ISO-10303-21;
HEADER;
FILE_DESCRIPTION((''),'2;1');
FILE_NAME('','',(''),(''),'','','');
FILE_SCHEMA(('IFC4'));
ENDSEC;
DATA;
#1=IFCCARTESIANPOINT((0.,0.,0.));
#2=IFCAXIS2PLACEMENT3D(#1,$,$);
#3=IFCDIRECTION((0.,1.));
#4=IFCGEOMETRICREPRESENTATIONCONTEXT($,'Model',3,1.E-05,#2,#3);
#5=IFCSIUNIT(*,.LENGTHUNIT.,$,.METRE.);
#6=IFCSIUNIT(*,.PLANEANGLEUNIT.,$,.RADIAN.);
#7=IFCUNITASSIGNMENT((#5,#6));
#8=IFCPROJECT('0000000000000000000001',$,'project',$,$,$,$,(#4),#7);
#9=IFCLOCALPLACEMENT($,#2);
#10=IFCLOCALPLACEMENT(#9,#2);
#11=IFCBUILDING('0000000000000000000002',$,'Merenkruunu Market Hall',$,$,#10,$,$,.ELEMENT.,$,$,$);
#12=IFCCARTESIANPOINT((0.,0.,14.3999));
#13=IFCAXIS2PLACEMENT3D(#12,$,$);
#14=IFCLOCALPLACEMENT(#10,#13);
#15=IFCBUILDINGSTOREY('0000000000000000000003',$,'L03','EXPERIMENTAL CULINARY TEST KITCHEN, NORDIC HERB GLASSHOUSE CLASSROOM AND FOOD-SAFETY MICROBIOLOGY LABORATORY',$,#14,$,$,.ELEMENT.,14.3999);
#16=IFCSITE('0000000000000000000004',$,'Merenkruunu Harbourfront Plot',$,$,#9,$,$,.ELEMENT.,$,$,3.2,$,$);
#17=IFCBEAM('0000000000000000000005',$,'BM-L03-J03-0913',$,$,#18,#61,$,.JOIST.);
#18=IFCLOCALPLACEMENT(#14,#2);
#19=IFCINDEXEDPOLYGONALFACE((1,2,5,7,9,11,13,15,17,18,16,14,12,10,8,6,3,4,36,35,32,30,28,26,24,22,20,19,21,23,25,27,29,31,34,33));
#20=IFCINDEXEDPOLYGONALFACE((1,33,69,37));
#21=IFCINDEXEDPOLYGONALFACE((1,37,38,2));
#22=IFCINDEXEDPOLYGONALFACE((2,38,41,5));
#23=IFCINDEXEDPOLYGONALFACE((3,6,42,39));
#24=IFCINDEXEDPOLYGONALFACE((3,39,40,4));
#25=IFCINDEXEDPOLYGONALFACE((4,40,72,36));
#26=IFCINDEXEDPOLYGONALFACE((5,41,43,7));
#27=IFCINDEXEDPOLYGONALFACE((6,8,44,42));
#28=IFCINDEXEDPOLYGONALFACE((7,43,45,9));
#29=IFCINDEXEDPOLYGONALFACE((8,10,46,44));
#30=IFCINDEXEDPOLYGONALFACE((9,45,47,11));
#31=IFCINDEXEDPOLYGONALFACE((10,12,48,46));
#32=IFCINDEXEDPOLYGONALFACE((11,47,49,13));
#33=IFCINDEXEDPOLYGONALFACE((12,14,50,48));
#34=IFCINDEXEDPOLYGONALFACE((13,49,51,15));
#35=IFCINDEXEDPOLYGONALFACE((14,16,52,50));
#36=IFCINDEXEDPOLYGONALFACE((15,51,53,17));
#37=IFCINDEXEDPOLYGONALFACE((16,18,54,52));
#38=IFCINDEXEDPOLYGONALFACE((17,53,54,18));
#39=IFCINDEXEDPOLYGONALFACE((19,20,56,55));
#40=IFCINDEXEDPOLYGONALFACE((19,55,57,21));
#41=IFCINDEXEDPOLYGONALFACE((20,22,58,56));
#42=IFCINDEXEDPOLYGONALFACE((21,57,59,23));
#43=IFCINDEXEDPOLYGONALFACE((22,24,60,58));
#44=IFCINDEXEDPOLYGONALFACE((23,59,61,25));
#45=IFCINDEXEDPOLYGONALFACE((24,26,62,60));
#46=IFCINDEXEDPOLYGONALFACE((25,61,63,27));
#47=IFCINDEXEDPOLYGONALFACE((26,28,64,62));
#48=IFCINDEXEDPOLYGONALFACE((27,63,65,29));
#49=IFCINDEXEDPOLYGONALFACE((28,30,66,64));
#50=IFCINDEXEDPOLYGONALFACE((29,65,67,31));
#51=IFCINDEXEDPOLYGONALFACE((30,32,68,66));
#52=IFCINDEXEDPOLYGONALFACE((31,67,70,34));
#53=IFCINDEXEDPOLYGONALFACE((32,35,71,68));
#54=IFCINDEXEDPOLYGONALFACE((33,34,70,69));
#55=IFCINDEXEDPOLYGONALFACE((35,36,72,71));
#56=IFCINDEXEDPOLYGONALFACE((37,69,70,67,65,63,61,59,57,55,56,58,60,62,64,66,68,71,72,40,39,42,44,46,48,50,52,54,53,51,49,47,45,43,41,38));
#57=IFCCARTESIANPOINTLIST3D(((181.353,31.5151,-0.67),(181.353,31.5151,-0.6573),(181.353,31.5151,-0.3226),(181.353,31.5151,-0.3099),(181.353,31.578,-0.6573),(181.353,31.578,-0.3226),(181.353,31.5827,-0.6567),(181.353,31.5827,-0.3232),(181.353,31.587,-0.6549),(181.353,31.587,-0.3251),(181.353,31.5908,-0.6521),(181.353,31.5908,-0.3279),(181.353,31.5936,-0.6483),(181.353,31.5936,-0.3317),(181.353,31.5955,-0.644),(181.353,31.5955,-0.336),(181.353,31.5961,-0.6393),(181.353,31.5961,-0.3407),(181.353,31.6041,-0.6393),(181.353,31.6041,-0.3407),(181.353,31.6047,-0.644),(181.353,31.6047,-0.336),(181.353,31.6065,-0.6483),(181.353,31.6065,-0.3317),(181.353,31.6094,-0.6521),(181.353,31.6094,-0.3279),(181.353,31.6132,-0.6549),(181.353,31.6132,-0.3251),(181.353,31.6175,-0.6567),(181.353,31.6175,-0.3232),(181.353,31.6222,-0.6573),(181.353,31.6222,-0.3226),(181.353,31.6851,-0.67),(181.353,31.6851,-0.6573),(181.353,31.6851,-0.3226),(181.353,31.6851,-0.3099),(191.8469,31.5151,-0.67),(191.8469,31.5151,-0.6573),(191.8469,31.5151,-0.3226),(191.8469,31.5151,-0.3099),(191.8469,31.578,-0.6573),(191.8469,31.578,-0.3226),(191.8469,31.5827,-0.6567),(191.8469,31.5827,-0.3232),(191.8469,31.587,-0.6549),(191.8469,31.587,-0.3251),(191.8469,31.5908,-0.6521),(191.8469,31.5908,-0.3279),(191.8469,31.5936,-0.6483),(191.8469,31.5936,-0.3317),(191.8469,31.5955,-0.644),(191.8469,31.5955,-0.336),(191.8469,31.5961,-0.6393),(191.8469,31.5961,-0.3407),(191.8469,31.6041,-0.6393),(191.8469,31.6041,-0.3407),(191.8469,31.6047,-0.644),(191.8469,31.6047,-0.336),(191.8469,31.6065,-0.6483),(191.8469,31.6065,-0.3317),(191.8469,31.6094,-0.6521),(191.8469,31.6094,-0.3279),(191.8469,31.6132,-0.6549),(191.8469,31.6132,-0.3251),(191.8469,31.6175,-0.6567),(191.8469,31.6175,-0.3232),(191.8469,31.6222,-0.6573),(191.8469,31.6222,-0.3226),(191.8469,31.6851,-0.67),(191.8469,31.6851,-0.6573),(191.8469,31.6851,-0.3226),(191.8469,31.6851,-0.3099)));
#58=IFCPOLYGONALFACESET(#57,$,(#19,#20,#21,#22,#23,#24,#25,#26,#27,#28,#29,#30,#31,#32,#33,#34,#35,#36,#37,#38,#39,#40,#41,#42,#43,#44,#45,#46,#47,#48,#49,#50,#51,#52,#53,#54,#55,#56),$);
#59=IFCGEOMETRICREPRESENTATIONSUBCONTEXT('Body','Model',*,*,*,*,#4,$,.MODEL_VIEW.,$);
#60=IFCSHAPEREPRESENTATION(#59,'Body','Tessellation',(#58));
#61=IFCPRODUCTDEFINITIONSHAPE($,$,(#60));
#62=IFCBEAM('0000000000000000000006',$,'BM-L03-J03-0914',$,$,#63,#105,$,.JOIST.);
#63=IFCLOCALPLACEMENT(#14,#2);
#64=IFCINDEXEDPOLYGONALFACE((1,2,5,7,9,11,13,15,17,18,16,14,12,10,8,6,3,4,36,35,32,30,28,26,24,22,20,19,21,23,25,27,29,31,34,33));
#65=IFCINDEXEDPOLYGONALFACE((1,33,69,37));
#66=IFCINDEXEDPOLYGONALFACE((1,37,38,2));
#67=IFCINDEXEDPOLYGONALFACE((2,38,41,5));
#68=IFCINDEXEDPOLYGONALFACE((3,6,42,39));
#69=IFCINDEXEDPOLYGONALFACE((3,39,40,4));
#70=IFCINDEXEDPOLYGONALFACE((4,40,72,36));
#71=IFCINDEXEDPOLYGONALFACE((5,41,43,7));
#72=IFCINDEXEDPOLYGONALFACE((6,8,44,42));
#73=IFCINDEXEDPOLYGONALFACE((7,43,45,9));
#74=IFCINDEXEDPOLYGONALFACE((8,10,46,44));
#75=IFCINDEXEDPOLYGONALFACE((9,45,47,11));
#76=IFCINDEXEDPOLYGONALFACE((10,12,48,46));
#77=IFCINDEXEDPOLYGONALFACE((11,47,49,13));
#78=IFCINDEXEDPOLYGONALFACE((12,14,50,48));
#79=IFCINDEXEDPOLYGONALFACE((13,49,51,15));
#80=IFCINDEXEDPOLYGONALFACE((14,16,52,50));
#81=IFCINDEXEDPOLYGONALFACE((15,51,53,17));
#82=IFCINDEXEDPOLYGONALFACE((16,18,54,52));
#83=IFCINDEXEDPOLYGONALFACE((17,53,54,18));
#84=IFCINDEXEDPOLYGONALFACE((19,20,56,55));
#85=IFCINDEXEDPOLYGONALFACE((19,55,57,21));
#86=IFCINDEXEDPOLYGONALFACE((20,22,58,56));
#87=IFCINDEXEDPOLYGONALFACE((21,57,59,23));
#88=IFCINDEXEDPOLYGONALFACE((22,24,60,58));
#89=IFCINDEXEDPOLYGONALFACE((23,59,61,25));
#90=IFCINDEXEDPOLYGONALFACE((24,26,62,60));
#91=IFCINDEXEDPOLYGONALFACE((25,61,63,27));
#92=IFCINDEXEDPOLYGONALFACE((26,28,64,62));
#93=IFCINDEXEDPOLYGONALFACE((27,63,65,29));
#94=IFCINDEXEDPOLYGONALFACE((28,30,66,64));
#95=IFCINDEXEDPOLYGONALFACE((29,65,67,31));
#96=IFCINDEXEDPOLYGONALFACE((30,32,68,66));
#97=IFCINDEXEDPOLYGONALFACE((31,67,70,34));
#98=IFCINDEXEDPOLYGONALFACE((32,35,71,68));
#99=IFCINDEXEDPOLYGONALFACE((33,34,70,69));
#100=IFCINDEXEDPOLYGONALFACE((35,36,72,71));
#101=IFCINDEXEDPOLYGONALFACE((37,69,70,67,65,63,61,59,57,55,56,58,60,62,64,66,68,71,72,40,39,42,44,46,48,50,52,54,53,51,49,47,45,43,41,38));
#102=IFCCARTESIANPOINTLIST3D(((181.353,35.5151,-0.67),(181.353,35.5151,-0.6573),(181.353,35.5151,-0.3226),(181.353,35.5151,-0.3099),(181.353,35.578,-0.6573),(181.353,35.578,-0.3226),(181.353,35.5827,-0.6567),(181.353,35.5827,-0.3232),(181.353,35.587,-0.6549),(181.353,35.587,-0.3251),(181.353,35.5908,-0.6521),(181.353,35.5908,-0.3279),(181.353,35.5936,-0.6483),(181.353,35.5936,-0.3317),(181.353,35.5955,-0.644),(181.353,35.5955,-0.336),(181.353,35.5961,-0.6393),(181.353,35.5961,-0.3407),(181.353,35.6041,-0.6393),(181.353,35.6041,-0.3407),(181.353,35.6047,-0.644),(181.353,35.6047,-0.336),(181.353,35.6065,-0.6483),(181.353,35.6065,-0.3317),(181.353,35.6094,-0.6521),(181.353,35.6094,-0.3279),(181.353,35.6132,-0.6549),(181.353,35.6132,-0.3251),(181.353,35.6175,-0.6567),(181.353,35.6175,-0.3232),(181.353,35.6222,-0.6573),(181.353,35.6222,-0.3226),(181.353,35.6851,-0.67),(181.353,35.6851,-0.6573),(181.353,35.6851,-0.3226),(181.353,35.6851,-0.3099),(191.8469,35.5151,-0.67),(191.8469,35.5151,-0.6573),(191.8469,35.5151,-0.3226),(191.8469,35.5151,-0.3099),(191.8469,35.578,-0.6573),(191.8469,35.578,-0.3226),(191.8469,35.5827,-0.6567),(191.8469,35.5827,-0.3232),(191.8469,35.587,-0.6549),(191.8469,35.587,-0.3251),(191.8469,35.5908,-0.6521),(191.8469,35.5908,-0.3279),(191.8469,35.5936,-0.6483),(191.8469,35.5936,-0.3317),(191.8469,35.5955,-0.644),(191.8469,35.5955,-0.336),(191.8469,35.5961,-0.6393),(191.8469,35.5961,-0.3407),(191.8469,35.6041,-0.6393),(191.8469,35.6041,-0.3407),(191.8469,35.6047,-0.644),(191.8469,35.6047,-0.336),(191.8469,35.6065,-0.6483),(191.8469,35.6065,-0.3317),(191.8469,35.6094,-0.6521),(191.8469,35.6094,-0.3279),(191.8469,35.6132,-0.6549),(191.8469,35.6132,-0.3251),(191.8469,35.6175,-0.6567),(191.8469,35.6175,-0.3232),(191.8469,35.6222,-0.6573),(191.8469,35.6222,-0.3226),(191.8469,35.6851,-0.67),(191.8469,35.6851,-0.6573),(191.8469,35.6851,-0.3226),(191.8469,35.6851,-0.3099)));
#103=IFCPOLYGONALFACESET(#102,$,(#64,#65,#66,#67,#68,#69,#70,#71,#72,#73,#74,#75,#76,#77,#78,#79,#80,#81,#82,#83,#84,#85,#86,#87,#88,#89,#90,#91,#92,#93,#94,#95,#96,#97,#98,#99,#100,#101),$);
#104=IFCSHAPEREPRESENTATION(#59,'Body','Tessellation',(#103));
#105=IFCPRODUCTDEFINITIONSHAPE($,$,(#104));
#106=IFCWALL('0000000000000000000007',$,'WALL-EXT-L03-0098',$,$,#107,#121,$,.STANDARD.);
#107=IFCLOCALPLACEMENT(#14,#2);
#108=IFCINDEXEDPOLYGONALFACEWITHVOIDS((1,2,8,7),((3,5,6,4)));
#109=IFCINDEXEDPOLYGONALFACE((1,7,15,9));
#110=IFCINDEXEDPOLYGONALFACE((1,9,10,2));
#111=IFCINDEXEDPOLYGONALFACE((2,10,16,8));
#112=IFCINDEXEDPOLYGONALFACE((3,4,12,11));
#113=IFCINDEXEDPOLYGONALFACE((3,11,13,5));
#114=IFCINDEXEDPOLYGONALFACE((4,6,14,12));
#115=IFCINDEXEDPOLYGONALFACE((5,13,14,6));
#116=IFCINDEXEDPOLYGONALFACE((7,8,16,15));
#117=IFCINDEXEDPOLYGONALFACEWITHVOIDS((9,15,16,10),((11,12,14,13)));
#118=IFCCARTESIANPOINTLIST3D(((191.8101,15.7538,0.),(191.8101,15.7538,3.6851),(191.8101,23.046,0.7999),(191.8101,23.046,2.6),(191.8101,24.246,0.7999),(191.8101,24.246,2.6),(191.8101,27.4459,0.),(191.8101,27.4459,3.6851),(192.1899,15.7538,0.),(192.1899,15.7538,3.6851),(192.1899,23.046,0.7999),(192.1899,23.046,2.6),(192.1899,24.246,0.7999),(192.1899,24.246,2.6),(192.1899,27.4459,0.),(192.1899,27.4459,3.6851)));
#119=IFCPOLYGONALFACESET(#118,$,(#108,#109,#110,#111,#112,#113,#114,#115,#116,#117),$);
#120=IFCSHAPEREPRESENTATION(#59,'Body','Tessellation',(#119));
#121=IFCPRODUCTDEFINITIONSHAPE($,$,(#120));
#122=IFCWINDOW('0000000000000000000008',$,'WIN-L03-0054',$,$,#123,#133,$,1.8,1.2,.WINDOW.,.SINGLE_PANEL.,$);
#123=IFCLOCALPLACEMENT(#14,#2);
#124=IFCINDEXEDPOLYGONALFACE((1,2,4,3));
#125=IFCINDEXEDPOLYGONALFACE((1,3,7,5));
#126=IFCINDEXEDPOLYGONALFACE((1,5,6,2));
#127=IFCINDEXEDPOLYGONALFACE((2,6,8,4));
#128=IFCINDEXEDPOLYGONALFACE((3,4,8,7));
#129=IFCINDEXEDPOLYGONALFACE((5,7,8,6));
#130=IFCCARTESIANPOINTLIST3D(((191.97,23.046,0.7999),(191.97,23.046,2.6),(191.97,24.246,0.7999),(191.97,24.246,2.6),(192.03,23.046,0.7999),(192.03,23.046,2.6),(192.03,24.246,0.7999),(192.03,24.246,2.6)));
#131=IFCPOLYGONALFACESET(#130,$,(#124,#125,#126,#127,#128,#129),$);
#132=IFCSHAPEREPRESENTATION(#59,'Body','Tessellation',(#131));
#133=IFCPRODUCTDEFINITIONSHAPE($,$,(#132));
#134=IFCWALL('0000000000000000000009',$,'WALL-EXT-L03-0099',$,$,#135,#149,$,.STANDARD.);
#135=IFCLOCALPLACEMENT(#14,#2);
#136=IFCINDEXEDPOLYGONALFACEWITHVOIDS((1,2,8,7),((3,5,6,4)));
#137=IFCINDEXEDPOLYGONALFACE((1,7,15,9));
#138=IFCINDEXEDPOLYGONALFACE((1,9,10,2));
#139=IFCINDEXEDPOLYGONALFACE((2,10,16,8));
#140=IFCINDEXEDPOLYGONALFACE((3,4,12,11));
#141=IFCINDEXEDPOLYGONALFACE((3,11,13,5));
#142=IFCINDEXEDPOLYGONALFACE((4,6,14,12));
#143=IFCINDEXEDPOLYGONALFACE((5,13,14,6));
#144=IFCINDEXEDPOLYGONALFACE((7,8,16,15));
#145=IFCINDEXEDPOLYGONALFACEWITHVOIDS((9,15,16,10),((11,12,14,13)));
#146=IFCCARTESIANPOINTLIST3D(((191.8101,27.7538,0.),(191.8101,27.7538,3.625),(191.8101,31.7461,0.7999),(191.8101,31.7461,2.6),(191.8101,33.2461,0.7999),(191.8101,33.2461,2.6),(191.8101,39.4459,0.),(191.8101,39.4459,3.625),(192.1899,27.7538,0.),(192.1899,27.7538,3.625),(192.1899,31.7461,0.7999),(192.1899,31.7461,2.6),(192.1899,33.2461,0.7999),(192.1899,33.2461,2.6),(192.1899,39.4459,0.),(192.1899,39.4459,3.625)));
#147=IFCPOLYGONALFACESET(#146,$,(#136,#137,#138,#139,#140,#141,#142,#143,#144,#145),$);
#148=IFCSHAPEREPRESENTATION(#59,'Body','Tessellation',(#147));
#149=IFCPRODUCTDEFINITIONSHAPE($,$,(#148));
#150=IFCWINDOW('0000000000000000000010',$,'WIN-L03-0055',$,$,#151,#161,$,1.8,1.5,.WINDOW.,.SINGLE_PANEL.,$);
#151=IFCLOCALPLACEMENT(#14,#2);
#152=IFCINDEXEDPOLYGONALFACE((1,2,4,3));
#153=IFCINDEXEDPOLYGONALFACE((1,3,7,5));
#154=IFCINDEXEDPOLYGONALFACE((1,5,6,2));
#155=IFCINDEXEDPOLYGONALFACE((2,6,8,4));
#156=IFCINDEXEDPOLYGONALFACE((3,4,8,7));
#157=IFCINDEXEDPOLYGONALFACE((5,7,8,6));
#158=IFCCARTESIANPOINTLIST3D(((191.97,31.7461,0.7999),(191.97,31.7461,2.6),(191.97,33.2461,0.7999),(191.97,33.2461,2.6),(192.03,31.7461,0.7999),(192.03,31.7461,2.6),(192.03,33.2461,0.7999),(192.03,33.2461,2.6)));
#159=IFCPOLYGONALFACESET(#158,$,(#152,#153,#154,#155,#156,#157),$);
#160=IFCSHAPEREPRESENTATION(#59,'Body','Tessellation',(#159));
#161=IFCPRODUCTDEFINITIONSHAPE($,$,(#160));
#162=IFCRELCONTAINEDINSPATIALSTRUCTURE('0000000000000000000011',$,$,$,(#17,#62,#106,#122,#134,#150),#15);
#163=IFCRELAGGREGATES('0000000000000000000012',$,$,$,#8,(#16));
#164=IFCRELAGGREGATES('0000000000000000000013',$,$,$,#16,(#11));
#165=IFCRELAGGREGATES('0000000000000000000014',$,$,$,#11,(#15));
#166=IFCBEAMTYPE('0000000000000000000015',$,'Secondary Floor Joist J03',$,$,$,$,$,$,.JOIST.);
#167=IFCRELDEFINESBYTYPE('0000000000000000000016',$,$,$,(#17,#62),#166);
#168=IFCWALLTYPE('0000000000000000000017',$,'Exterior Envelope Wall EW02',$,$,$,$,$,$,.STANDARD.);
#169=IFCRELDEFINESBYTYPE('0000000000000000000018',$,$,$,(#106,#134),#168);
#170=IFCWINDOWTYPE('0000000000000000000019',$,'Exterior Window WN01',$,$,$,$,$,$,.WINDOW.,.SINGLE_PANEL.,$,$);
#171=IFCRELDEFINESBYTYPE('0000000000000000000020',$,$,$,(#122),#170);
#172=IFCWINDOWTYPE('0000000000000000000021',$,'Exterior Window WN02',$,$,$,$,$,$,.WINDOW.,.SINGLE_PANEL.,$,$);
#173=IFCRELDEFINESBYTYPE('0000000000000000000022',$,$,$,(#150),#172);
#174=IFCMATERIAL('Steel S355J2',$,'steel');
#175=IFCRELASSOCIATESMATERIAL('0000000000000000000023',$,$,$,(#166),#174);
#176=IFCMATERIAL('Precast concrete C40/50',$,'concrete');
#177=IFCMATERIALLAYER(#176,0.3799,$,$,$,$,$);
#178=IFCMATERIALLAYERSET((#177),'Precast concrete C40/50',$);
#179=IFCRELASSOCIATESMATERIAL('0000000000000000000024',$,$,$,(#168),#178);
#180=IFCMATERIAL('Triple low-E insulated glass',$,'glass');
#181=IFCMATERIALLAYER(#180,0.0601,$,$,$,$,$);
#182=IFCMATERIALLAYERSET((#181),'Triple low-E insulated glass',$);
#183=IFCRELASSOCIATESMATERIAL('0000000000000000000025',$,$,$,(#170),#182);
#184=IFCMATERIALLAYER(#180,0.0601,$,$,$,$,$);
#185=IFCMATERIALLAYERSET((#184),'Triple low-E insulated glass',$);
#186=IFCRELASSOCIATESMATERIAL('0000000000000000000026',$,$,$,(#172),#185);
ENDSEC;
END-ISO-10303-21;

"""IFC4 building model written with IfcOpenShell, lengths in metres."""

from ifc_helpers import new_model, si_unit, direction, frame, frame_2d, origin, origin_2d, place, context, subcontext, project, spatial, rectangle, i_section, extrude, material, layer, layer_set, material_profile, profile_set, type_object, element, fill, save


model = new_model("IFC4")

# Units and contexts
model_context = context("Model", 3, precision=1e-05, world=origin(), true_north=direction((0.0, 1.0)))
body_context = subcontext(model_context, "Body", "Model", "MODEL_VIEW")
ifc_project = project(units=[si_unit("LENGTHUNIT", "METRE"), si_unit("PLANEANGLEUNIT", "RADIAN")], contexts=[model_context])

# Site, building, storey
site_placement = place(None, origin())
site = spatial("IfcSite", under=ifc_project, at=site_placement, Name="Merenkruunu Harbourfront Plot", CompositionType="ELEMENT", RefElevation=3.2)
building_placement = place(site_placement, origin())
building = spatial("IfcBuilding", under=site, at=building_placement, Name="Merenkruunu Market Hall", CompositionType="ELEMENT")
storey_placement = place(building_placement, frame((0.0, 0.0, 14.3999)))
storey = spatial("IfcBuildingStorey", under=building, at=storey_placement, Name="L03", Description="EXPERIMENTAL CULINARY TEST KITCHEN, NORDIC HERB GLASSHOUSE CLASSROOM AND FOOD-SAFETY MICROBIOLOGY LABORATORY", CompositionType="ELEMENT", Elevation=14.3999)

# Shared definitions
ifc_material_1 = material(Name="Steel S355J2", Category="steel")

# Beams
ifc_material_profile_1 = material_profile(ifc_material_1, i_section(OverallWidth=0.1699, OverallDepth=0.3601, WebThickness=0.0081, FlangeThickness=0.0127, FilletRadius=0.0181, at=origin_2d()), Name="IPE 360")
ifc_profile_set_1 = profile_set([ifc_material_profile_1], Name="Steel S355J2")
beam_type_1 = type_object("IfcBeamType", Name="Secondary Floor Joist J03", PredefinedType="JOIST", material=ifc_profile_set_1)
for number, where, z_axis, x_axis, name in (
    (1, (181.353, 31.6001, -0.49), (1.0, 0.0, 0.0), (0.0, 1.0, 0.0), "BM-L03-J03-0913"),
    (2, (181.353, 35.6001, -0.49), (1.0, 0.0, 0.0), (0.0, 1.0, 0.0), "BM-L03-J03-0914"),
):
    element("IfcBeam", number, at=place(storey_placement, frame(where, z_axis=z_axis, x_axis=x_axis)), inside=storey, type_object=beam_type_1, Name=name, PredefinedType="JOIST", context=body_context, shape_type="SweptSolid", body=[
        extrude(i_section(OverallWidth=0.1699, OverallDepth=0.3601, WebThickness=0.0081, FlangeThickness=0.0127, FilletRadius=0.0181, at=origin_2d()), origin(), (0.0, 0.0, 1.0), 10.4939),
    ])

# Walls, openings, windows
ifc_material_2 = material(Name="Precast concrete C40/50", Category="concrete")
ifc_layer_1 = layer(ifc_material_2, 0.3799)
ifc_layer_set_1 = layer_set([ifc_layer_1], Name="Precast concrete C40/50")
wall_type_1 = type_object("IfcWallType", Name="Exterior Envelope Wall EW02", PredefinedType="STANDARD", material=ifc_layer_set_1)
wall_1_placement = place(storey_placement, frame((192.0, 27.446, 0.0), z_axis=(0.0, 0.0, 1.0), x_axis=(0.0, -1.0, 0.0)))
wall_1 = element("IfcWall", 3, at=wall_1_placement, inside=storey, type_object=wall_type_1, Name="WALL-EXT-L03-0098", PredefinedType="STANDARD", context=body_context, shape_type="SweptSolid", body=[
    extrude(rectangle(XDim=11.6921, YDim=0.3799, at=frame_2d((5.8462, 0.0))), origin(), (0.0, 0.0, 1.0), 3.6851),
])
opening_1_placement = place(wall_1_placement, frame((3.2, 0.0, 0.8)))
opening_1 = element("IfcOpeningElement", 4, at=opening_1_placement, cuts=wall_1, PredefinedType="OPENING", context=body_context, shape_type="SweptSolid", body=[
    extrude(rectangle(XDim=1.2, YDim=1.8, at=frame_2d((0.6001, 0.8999))), frame((0.0, 0.2, 0.0), z_axis=(0.0, -1.0, 0.0), x_axis=(1.0, 0.0, 0.0)), (0.0, 0.0, 1.0), 0.3999),
])
ifc_material_3 = material(Name="Triple low-E insulated glass", Category="glass")
ifc_layer_2 = layer(ifc_material_3, 0.0601)
ifc_layer_set_2 = layer_set([ifc_layer_2], Name="Triple low-E insulated glass")
window_type_1 = type_object("IfcWindowType", Name="Exterior Window WN01", PartitioningType="SINGLE_PANEL", PredefinedType="WINDOW", material=ifc_layer_set_2)
window_1_placement = place(opening_1_placement, origin())
window_1 = element("IfcWindow", 5, at=window_1_placement, inside=storey, type_object=window_type_1, Name="WIN-L03-0054", OverallHeight=1.8, OverallWidth=1.2, PartitioningType="SINGLE_PANEL", PredefinedType="WINDOW", context=body_context, shape_type="SweptSolid", body=[
    extrude(rectangle(XDim=1.2, YDim=1.8, at=frame_2d((0.6001, 0.8999))), frame((0.0, 0.03, 0.0), z_axis=(0.0, -1.0, 0.0), x_axis=(1.0, 0.0, 0.0)), (0.0, 0.0, 1.0), 0.0601),
])
fill(opening_1, window_1)
wall_2_placement = place(storey_placement, frame((192.0, 39.446, 0.0), z_axis=(0.0, 0.0, 1.0), x_axis=(0.0, -1.0, 0.0)))
wall_2 = element("IfcWall", 6, at=wall_2_placement, inside=storey, type_object=wall_type_1, Name="WALL-EXT-L03-0099", PredefinedType="STANDARD", context=body_context, shape_type="SweptSolid", body=[
    extrude(rectangle(XDim=11.6921, YDim=0.3799, at=frame_2d((5.8462, 0.0))), origin(), (0.0, 0.0, 1.0), 3.625),
])
opening_2_placement = place(wall_2_placement, frame((6.2, 0.0, 0.8)))
opening_2 = element("IfcOpeningElement", 7, at=opening_2_placement, cuts=wall_2, PredefinedType="OPENING", context=body_context, shape_type="SweptSolid", body=[
    extrude(rectangle(XDim=1.5, YDim=1.8, at=frame_2d((0.75, 0.8999))), frame((0.0, 0.2, 0.0), z_axis=(0.0, -1.0, 0.0), x_axis=(1.0, 0.0, 0.0)), (0.0, 0.0, 1.0), 0.3999),
])
ifc_layer_3 = layer(ifc_material_3, 0.0601)
ifc_layer_set_3 = layer_set([ifc_layer_3], Name="Triple low-E insulated glass")
window_type_2 = type_object("IfcWindowType", Name="Exterior Window WN02", PartitioningType="SINGLE_PANEL", PredefinedType="WINDOW", material=ifc_layer_set_3)
window_2_placement = place(opening_2_placement, origin())
window_2 = element("IfcWindow", 8, at=window_2_placement, inside=storey, type_object=window_type_2, Name="WIN-L03-0055", OverallHeight=1.8, OverallWidth=1.5, PartitioningType="SINGLE_PANEL", PredefinedType="WINDOW", context=body_context, shape_type="SweptSolid", body=[
    extrude(rectangle(XDim=1.5, YDim=1.8, at=frame_2d((0.75, 0.8999))), frame((0.0, 0.03, 0.0), z_axis=(0.0, -1.0, 0.0), x_axis=(1.0, 0.0, 0.0)), (0.0, 0.0, 1.0), 0.0601),
])
fill(opening_2, window_2)

save(model, "model.ifc")
